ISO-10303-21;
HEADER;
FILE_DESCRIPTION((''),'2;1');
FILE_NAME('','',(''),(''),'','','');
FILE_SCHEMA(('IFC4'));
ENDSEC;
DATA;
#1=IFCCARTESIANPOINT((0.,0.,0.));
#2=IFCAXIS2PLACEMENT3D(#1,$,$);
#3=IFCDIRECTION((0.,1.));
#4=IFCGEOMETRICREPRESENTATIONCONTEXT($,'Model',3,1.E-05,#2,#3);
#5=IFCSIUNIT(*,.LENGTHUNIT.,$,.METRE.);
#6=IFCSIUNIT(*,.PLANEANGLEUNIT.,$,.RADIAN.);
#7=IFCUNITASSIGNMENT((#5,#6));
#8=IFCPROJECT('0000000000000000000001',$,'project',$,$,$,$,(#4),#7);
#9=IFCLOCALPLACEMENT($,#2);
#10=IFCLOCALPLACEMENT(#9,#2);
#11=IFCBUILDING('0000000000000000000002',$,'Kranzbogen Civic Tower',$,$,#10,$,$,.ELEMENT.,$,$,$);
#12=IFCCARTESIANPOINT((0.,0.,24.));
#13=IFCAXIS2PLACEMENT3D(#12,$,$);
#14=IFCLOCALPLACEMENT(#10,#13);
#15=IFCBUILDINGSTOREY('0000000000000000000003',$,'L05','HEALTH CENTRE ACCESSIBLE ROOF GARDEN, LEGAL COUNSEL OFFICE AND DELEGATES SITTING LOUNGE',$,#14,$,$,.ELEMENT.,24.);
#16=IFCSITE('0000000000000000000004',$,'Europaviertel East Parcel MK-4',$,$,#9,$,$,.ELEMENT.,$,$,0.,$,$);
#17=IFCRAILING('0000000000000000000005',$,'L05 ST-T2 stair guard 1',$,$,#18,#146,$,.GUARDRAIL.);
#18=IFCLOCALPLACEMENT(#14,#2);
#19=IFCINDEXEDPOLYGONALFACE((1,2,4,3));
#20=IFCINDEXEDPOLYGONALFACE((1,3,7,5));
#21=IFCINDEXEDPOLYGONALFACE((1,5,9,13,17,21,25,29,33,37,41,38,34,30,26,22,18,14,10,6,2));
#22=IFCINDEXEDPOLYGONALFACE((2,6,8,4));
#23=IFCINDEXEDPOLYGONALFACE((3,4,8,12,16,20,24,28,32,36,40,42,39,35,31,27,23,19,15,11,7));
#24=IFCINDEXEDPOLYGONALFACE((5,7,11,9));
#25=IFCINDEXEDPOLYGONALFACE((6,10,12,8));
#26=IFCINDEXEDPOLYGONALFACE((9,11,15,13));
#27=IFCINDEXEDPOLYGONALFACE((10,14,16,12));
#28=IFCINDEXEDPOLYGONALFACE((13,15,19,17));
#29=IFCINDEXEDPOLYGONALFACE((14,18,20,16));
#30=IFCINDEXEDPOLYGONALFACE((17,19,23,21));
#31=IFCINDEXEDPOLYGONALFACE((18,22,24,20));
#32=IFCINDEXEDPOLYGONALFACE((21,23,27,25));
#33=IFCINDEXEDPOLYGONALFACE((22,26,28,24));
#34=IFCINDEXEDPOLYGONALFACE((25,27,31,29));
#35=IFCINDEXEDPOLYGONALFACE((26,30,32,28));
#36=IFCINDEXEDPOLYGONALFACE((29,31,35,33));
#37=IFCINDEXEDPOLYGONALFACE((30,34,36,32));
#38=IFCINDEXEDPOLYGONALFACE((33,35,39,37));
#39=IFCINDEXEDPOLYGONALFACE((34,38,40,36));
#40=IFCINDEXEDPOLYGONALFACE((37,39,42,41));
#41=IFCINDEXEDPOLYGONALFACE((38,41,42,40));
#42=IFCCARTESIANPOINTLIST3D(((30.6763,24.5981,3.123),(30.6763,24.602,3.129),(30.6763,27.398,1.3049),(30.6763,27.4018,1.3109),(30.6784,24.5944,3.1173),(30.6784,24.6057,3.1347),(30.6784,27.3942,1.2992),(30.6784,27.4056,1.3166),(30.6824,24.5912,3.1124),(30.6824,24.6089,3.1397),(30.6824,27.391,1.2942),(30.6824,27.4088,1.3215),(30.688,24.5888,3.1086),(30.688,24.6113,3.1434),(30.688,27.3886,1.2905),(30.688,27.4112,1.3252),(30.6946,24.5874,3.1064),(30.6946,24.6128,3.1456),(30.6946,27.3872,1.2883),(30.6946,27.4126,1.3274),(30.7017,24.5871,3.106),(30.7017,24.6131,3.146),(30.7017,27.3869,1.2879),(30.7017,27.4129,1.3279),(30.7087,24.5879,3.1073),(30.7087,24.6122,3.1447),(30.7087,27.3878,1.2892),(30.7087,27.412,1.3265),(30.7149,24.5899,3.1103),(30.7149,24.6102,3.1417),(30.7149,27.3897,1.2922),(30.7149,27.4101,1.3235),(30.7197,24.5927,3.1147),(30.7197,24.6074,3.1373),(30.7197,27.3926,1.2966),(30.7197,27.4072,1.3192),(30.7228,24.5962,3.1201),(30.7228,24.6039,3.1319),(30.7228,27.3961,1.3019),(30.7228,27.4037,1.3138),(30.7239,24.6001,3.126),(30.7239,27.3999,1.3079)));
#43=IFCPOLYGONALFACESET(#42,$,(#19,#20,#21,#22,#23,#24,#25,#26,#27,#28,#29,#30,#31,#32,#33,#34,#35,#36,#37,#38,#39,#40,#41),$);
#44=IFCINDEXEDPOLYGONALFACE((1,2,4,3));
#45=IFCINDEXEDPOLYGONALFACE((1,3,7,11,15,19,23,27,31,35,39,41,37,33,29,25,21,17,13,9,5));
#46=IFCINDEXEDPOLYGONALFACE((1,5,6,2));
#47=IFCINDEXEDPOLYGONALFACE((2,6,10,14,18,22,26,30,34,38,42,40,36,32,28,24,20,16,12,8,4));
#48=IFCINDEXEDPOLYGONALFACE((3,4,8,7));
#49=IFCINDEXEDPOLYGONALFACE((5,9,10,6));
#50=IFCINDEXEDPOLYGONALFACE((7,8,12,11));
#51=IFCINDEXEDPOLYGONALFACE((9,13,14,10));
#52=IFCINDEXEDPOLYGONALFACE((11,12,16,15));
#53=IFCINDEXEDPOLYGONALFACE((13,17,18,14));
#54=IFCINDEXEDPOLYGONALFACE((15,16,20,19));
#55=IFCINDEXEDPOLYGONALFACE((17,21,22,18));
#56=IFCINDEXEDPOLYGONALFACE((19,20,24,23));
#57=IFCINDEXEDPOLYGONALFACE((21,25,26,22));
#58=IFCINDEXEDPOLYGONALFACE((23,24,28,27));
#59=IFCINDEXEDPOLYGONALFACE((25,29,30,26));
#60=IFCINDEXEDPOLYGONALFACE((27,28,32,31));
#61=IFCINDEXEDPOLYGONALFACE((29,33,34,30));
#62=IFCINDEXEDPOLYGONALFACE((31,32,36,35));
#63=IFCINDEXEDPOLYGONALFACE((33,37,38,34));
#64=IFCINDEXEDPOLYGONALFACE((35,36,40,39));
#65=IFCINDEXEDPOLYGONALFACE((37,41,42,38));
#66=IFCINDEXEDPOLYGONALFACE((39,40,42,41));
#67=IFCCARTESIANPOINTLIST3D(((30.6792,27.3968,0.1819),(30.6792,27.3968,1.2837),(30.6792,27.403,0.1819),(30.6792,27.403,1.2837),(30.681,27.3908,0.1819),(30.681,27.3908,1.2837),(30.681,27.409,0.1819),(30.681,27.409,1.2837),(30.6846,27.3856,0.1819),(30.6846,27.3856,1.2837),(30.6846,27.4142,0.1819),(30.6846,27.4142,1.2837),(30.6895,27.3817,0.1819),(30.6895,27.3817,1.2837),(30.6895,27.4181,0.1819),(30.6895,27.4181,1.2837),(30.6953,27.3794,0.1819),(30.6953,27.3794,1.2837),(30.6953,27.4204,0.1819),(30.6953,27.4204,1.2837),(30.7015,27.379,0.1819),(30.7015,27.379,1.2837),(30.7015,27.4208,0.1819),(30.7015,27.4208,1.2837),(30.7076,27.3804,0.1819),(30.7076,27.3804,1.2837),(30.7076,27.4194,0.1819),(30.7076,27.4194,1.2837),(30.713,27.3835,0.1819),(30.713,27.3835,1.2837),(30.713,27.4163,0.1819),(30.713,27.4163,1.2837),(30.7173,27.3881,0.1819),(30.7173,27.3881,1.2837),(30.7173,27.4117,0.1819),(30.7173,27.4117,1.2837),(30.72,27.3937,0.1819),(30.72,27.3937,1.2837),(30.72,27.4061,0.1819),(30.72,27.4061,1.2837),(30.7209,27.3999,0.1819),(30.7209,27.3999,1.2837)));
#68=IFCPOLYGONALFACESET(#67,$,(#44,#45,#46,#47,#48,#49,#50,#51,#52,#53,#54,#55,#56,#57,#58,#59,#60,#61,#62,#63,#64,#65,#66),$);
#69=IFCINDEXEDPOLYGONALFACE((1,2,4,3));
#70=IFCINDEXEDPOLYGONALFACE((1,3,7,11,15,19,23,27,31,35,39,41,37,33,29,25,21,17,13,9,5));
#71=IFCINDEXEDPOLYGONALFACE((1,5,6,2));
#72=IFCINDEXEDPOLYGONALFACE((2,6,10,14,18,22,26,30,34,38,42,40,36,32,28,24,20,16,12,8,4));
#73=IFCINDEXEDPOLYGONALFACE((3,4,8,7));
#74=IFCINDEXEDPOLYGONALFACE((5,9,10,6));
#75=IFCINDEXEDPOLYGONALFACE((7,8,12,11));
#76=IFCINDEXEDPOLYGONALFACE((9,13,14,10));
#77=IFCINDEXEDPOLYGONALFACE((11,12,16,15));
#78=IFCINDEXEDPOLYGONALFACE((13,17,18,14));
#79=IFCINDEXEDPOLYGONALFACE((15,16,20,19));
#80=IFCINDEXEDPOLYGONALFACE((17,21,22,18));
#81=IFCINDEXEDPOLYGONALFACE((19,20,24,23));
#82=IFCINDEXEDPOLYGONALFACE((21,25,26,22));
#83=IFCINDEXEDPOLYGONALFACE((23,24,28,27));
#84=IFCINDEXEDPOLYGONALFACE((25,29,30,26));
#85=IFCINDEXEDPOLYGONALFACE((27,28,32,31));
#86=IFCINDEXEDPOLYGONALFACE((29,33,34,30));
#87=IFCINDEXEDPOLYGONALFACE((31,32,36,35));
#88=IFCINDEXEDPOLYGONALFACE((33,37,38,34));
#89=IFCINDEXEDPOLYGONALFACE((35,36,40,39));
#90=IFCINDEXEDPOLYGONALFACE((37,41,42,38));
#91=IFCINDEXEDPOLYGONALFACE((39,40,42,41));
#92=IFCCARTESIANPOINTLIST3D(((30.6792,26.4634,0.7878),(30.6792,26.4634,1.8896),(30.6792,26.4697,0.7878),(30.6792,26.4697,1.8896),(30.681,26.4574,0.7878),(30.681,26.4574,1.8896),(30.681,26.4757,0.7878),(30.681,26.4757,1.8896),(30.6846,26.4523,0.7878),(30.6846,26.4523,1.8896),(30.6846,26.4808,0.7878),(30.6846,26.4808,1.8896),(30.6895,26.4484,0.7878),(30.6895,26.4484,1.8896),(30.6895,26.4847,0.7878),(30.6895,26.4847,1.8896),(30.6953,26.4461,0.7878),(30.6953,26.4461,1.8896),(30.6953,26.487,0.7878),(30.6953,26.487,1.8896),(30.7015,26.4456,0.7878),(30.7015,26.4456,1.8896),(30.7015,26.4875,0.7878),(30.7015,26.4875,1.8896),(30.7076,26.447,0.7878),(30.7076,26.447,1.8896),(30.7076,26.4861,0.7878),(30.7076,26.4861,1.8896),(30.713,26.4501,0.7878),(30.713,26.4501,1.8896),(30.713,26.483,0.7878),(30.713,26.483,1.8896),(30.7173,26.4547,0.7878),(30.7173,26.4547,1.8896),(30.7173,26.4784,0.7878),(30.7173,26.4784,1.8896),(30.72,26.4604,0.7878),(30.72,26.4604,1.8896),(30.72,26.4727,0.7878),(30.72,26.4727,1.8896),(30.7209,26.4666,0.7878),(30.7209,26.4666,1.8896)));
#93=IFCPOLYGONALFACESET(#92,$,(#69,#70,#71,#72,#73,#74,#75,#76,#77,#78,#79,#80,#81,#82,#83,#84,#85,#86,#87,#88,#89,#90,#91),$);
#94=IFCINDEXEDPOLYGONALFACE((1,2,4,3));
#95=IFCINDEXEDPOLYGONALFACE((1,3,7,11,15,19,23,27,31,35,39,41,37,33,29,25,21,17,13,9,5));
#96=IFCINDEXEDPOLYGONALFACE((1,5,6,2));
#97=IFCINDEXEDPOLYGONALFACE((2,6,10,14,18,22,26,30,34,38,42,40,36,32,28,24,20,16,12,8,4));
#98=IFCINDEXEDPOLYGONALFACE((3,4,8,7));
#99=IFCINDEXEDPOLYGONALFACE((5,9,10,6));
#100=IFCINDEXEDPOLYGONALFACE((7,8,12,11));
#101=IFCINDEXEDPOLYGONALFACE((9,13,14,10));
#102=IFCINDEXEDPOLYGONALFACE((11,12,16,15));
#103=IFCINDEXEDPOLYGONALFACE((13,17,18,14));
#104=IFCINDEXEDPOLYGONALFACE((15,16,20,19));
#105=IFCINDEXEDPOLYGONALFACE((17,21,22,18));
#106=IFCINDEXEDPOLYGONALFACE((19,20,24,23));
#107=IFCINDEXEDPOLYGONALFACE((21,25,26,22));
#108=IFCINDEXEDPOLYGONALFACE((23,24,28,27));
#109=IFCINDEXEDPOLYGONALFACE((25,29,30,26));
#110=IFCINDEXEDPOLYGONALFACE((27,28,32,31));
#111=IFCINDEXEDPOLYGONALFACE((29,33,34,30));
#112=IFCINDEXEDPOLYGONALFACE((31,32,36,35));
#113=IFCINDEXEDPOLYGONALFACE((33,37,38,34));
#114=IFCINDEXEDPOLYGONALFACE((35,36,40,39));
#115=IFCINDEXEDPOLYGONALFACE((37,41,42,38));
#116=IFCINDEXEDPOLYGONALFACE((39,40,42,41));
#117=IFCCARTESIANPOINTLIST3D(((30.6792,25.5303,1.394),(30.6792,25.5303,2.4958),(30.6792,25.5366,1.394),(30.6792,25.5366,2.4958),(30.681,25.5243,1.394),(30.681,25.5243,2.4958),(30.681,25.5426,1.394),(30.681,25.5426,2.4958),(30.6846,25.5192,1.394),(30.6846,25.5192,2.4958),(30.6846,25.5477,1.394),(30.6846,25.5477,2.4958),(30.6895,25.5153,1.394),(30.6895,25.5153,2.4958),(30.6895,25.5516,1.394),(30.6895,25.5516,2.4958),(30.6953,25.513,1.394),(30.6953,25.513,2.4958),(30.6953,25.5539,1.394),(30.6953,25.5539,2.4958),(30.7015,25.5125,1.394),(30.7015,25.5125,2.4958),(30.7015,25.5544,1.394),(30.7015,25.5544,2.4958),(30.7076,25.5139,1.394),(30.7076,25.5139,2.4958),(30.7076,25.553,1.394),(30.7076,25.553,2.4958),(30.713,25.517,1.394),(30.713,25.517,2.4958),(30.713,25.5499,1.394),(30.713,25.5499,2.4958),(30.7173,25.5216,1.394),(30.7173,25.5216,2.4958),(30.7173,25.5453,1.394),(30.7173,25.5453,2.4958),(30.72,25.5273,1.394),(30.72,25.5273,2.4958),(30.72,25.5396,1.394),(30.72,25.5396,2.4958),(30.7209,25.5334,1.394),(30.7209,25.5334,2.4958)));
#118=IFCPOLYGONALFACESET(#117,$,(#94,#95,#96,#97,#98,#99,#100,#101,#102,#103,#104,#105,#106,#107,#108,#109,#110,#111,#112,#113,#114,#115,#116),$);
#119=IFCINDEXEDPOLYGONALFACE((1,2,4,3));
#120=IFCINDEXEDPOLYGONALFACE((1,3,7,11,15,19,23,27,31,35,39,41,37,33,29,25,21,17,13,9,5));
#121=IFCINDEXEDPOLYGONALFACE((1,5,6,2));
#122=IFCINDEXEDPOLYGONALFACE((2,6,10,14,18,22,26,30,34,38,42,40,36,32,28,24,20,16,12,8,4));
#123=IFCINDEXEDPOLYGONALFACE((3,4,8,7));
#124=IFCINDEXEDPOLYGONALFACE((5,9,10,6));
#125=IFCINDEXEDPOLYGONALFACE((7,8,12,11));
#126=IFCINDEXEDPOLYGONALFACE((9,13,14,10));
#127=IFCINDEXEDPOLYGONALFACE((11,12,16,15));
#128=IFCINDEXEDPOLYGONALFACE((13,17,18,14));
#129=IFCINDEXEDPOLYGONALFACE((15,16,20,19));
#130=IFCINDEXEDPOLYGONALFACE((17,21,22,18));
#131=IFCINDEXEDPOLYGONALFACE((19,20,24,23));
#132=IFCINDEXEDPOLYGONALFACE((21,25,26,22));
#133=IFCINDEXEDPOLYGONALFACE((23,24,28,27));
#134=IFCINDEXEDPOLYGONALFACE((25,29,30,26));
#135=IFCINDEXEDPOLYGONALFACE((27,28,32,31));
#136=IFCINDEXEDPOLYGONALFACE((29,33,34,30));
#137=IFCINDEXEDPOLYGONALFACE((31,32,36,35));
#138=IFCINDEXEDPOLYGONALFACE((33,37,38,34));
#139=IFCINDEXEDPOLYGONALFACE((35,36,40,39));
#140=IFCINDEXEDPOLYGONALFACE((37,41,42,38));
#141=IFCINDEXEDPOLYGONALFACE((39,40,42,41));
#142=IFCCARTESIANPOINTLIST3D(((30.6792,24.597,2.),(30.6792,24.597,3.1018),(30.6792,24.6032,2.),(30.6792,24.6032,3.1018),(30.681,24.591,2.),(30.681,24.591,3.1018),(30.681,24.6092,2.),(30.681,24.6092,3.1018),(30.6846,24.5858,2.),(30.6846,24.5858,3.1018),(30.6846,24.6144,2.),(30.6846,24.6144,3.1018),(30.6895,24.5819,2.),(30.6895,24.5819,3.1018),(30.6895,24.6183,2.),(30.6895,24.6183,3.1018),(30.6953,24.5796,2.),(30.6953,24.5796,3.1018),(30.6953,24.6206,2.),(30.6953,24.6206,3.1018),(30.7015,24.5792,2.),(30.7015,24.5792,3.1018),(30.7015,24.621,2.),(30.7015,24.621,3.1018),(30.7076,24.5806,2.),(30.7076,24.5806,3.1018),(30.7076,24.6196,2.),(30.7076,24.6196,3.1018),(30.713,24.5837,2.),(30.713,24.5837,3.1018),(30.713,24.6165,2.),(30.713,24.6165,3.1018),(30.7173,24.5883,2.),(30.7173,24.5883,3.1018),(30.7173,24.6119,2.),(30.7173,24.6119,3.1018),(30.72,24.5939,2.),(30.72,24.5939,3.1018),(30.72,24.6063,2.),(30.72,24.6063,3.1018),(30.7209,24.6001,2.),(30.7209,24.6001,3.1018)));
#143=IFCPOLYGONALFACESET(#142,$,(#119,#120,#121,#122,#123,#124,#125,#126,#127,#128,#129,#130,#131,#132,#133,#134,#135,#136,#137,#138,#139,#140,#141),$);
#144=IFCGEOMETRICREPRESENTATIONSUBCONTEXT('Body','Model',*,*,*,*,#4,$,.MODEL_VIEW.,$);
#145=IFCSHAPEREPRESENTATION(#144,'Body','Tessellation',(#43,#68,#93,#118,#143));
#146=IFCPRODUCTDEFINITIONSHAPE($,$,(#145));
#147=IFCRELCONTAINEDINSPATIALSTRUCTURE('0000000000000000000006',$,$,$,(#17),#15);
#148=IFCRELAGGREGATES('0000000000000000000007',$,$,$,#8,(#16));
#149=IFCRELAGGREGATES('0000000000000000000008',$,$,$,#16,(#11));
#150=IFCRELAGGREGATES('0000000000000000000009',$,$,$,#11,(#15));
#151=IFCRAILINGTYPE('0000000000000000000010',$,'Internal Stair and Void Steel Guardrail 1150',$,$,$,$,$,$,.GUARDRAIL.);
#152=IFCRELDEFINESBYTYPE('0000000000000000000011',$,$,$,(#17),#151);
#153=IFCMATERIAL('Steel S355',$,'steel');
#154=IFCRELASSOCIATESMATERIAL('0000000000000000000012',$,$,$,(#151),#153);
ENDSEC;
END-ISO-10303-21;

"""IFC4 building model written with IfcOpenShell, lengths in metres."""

from ifc_helpers import new_model, si_unit, direction, frame, origin, origin_2d, place, context, subcontext, project, spatial, circle, extrude, material, type_object, element, save


model = new_model("IFC4")

# Units and contexts
model_context = context("Model", 3, precision=1e-05, world=origin(), true_north=direction((0.0, 1.0)))
body_context = subcontext(model_context, "Body", "Model", "MODEL_VIEW")
ifc_project = project(units=[si_unit("LENGTHUNIT", "METRE"), si_unit("PLANEANGLEUNIT", "RADIAN")], contexts=[model_context])

# Site, building, storey
site_placement = place(None, origin())
site = spatial("IfcSite", under=ifc_project, at=site_placement, Name="Europaviertel East Parcel MK-4", CompositionType="ELEMENT", RefElevation=0.0)
building_placement = place(site_placement, origin())
building = spatial("IfcBuilding", under=site, at=building_placement, Name="Kranzbogen Civic Tower", CompositionType="ELEMENT")
storey_placement = place(building_placement, frame((0.0, 0.0, 24.0)))
storey = spatial("IfcBuildingStorey", under=building, at=storey_placement, Name="L05", Description="HEALTH CENTRE ACCESSIBLE ROOF GARDEN, LEGAL COUNSEL OFFICE AND DELEGATES SITTING LOUNGE", CompositionType="ELEMENT", Elevation=24.0)

# Shared definitions
ifc_material_1 = material(Name="Steel S355", Category="steel")

# Railing
railing_type_1 = type_object("IfcRailingType", Name="Internal Stair and Void Steel Guardrail 1150", PredefinedType="GUARDRAIL", material=ifc_material_1)
railing_1_placement = place(storey_placement, frame((30.7, 27.3999, 0.1819)))
element("IfcRailing", 1, at=railing_1_placement, inside=storey, type_object=railing_type_1, Name="L05 ST-T2 stair guard 1", PredefinedType="GUARDRAIL", context=body_context, shape_type="SweptSolid", body=[
    extrude(circle(Radius=0.0239, at=origin_2d()), frame((0.0, 0.0, 1.126), z_axis=(0.0, -0.838684, 0.544618), x_axis=(1.0, 0.0, 0.0)), (0.0, 0.0, 1.0), 3.3384),
    extrude(circle(Radius=0.021, at=origin_2d()), origin(), (0.0, 0.0, 1.0), 1.1018),
    extrude(circle(Radius=0.021, at=origin_2d()), frame((0.0, -0.9333, 0.606)), (0.0, 0.0, 1.0), 1.1018),
    extrude(circle(Radius=0.021, at=origin_2d()), frame((0.0, -1.8665, 1.2122)), (0.0, 0.0, 1.0), 1.1018),
    extrude(circle(Radius=0.021, at=origin_2d()), frame((0.0, -2.7998, 1.8181)), (0.0, 0.0, 1.0), 1.1018),
])

save(model, "model.ifc")
